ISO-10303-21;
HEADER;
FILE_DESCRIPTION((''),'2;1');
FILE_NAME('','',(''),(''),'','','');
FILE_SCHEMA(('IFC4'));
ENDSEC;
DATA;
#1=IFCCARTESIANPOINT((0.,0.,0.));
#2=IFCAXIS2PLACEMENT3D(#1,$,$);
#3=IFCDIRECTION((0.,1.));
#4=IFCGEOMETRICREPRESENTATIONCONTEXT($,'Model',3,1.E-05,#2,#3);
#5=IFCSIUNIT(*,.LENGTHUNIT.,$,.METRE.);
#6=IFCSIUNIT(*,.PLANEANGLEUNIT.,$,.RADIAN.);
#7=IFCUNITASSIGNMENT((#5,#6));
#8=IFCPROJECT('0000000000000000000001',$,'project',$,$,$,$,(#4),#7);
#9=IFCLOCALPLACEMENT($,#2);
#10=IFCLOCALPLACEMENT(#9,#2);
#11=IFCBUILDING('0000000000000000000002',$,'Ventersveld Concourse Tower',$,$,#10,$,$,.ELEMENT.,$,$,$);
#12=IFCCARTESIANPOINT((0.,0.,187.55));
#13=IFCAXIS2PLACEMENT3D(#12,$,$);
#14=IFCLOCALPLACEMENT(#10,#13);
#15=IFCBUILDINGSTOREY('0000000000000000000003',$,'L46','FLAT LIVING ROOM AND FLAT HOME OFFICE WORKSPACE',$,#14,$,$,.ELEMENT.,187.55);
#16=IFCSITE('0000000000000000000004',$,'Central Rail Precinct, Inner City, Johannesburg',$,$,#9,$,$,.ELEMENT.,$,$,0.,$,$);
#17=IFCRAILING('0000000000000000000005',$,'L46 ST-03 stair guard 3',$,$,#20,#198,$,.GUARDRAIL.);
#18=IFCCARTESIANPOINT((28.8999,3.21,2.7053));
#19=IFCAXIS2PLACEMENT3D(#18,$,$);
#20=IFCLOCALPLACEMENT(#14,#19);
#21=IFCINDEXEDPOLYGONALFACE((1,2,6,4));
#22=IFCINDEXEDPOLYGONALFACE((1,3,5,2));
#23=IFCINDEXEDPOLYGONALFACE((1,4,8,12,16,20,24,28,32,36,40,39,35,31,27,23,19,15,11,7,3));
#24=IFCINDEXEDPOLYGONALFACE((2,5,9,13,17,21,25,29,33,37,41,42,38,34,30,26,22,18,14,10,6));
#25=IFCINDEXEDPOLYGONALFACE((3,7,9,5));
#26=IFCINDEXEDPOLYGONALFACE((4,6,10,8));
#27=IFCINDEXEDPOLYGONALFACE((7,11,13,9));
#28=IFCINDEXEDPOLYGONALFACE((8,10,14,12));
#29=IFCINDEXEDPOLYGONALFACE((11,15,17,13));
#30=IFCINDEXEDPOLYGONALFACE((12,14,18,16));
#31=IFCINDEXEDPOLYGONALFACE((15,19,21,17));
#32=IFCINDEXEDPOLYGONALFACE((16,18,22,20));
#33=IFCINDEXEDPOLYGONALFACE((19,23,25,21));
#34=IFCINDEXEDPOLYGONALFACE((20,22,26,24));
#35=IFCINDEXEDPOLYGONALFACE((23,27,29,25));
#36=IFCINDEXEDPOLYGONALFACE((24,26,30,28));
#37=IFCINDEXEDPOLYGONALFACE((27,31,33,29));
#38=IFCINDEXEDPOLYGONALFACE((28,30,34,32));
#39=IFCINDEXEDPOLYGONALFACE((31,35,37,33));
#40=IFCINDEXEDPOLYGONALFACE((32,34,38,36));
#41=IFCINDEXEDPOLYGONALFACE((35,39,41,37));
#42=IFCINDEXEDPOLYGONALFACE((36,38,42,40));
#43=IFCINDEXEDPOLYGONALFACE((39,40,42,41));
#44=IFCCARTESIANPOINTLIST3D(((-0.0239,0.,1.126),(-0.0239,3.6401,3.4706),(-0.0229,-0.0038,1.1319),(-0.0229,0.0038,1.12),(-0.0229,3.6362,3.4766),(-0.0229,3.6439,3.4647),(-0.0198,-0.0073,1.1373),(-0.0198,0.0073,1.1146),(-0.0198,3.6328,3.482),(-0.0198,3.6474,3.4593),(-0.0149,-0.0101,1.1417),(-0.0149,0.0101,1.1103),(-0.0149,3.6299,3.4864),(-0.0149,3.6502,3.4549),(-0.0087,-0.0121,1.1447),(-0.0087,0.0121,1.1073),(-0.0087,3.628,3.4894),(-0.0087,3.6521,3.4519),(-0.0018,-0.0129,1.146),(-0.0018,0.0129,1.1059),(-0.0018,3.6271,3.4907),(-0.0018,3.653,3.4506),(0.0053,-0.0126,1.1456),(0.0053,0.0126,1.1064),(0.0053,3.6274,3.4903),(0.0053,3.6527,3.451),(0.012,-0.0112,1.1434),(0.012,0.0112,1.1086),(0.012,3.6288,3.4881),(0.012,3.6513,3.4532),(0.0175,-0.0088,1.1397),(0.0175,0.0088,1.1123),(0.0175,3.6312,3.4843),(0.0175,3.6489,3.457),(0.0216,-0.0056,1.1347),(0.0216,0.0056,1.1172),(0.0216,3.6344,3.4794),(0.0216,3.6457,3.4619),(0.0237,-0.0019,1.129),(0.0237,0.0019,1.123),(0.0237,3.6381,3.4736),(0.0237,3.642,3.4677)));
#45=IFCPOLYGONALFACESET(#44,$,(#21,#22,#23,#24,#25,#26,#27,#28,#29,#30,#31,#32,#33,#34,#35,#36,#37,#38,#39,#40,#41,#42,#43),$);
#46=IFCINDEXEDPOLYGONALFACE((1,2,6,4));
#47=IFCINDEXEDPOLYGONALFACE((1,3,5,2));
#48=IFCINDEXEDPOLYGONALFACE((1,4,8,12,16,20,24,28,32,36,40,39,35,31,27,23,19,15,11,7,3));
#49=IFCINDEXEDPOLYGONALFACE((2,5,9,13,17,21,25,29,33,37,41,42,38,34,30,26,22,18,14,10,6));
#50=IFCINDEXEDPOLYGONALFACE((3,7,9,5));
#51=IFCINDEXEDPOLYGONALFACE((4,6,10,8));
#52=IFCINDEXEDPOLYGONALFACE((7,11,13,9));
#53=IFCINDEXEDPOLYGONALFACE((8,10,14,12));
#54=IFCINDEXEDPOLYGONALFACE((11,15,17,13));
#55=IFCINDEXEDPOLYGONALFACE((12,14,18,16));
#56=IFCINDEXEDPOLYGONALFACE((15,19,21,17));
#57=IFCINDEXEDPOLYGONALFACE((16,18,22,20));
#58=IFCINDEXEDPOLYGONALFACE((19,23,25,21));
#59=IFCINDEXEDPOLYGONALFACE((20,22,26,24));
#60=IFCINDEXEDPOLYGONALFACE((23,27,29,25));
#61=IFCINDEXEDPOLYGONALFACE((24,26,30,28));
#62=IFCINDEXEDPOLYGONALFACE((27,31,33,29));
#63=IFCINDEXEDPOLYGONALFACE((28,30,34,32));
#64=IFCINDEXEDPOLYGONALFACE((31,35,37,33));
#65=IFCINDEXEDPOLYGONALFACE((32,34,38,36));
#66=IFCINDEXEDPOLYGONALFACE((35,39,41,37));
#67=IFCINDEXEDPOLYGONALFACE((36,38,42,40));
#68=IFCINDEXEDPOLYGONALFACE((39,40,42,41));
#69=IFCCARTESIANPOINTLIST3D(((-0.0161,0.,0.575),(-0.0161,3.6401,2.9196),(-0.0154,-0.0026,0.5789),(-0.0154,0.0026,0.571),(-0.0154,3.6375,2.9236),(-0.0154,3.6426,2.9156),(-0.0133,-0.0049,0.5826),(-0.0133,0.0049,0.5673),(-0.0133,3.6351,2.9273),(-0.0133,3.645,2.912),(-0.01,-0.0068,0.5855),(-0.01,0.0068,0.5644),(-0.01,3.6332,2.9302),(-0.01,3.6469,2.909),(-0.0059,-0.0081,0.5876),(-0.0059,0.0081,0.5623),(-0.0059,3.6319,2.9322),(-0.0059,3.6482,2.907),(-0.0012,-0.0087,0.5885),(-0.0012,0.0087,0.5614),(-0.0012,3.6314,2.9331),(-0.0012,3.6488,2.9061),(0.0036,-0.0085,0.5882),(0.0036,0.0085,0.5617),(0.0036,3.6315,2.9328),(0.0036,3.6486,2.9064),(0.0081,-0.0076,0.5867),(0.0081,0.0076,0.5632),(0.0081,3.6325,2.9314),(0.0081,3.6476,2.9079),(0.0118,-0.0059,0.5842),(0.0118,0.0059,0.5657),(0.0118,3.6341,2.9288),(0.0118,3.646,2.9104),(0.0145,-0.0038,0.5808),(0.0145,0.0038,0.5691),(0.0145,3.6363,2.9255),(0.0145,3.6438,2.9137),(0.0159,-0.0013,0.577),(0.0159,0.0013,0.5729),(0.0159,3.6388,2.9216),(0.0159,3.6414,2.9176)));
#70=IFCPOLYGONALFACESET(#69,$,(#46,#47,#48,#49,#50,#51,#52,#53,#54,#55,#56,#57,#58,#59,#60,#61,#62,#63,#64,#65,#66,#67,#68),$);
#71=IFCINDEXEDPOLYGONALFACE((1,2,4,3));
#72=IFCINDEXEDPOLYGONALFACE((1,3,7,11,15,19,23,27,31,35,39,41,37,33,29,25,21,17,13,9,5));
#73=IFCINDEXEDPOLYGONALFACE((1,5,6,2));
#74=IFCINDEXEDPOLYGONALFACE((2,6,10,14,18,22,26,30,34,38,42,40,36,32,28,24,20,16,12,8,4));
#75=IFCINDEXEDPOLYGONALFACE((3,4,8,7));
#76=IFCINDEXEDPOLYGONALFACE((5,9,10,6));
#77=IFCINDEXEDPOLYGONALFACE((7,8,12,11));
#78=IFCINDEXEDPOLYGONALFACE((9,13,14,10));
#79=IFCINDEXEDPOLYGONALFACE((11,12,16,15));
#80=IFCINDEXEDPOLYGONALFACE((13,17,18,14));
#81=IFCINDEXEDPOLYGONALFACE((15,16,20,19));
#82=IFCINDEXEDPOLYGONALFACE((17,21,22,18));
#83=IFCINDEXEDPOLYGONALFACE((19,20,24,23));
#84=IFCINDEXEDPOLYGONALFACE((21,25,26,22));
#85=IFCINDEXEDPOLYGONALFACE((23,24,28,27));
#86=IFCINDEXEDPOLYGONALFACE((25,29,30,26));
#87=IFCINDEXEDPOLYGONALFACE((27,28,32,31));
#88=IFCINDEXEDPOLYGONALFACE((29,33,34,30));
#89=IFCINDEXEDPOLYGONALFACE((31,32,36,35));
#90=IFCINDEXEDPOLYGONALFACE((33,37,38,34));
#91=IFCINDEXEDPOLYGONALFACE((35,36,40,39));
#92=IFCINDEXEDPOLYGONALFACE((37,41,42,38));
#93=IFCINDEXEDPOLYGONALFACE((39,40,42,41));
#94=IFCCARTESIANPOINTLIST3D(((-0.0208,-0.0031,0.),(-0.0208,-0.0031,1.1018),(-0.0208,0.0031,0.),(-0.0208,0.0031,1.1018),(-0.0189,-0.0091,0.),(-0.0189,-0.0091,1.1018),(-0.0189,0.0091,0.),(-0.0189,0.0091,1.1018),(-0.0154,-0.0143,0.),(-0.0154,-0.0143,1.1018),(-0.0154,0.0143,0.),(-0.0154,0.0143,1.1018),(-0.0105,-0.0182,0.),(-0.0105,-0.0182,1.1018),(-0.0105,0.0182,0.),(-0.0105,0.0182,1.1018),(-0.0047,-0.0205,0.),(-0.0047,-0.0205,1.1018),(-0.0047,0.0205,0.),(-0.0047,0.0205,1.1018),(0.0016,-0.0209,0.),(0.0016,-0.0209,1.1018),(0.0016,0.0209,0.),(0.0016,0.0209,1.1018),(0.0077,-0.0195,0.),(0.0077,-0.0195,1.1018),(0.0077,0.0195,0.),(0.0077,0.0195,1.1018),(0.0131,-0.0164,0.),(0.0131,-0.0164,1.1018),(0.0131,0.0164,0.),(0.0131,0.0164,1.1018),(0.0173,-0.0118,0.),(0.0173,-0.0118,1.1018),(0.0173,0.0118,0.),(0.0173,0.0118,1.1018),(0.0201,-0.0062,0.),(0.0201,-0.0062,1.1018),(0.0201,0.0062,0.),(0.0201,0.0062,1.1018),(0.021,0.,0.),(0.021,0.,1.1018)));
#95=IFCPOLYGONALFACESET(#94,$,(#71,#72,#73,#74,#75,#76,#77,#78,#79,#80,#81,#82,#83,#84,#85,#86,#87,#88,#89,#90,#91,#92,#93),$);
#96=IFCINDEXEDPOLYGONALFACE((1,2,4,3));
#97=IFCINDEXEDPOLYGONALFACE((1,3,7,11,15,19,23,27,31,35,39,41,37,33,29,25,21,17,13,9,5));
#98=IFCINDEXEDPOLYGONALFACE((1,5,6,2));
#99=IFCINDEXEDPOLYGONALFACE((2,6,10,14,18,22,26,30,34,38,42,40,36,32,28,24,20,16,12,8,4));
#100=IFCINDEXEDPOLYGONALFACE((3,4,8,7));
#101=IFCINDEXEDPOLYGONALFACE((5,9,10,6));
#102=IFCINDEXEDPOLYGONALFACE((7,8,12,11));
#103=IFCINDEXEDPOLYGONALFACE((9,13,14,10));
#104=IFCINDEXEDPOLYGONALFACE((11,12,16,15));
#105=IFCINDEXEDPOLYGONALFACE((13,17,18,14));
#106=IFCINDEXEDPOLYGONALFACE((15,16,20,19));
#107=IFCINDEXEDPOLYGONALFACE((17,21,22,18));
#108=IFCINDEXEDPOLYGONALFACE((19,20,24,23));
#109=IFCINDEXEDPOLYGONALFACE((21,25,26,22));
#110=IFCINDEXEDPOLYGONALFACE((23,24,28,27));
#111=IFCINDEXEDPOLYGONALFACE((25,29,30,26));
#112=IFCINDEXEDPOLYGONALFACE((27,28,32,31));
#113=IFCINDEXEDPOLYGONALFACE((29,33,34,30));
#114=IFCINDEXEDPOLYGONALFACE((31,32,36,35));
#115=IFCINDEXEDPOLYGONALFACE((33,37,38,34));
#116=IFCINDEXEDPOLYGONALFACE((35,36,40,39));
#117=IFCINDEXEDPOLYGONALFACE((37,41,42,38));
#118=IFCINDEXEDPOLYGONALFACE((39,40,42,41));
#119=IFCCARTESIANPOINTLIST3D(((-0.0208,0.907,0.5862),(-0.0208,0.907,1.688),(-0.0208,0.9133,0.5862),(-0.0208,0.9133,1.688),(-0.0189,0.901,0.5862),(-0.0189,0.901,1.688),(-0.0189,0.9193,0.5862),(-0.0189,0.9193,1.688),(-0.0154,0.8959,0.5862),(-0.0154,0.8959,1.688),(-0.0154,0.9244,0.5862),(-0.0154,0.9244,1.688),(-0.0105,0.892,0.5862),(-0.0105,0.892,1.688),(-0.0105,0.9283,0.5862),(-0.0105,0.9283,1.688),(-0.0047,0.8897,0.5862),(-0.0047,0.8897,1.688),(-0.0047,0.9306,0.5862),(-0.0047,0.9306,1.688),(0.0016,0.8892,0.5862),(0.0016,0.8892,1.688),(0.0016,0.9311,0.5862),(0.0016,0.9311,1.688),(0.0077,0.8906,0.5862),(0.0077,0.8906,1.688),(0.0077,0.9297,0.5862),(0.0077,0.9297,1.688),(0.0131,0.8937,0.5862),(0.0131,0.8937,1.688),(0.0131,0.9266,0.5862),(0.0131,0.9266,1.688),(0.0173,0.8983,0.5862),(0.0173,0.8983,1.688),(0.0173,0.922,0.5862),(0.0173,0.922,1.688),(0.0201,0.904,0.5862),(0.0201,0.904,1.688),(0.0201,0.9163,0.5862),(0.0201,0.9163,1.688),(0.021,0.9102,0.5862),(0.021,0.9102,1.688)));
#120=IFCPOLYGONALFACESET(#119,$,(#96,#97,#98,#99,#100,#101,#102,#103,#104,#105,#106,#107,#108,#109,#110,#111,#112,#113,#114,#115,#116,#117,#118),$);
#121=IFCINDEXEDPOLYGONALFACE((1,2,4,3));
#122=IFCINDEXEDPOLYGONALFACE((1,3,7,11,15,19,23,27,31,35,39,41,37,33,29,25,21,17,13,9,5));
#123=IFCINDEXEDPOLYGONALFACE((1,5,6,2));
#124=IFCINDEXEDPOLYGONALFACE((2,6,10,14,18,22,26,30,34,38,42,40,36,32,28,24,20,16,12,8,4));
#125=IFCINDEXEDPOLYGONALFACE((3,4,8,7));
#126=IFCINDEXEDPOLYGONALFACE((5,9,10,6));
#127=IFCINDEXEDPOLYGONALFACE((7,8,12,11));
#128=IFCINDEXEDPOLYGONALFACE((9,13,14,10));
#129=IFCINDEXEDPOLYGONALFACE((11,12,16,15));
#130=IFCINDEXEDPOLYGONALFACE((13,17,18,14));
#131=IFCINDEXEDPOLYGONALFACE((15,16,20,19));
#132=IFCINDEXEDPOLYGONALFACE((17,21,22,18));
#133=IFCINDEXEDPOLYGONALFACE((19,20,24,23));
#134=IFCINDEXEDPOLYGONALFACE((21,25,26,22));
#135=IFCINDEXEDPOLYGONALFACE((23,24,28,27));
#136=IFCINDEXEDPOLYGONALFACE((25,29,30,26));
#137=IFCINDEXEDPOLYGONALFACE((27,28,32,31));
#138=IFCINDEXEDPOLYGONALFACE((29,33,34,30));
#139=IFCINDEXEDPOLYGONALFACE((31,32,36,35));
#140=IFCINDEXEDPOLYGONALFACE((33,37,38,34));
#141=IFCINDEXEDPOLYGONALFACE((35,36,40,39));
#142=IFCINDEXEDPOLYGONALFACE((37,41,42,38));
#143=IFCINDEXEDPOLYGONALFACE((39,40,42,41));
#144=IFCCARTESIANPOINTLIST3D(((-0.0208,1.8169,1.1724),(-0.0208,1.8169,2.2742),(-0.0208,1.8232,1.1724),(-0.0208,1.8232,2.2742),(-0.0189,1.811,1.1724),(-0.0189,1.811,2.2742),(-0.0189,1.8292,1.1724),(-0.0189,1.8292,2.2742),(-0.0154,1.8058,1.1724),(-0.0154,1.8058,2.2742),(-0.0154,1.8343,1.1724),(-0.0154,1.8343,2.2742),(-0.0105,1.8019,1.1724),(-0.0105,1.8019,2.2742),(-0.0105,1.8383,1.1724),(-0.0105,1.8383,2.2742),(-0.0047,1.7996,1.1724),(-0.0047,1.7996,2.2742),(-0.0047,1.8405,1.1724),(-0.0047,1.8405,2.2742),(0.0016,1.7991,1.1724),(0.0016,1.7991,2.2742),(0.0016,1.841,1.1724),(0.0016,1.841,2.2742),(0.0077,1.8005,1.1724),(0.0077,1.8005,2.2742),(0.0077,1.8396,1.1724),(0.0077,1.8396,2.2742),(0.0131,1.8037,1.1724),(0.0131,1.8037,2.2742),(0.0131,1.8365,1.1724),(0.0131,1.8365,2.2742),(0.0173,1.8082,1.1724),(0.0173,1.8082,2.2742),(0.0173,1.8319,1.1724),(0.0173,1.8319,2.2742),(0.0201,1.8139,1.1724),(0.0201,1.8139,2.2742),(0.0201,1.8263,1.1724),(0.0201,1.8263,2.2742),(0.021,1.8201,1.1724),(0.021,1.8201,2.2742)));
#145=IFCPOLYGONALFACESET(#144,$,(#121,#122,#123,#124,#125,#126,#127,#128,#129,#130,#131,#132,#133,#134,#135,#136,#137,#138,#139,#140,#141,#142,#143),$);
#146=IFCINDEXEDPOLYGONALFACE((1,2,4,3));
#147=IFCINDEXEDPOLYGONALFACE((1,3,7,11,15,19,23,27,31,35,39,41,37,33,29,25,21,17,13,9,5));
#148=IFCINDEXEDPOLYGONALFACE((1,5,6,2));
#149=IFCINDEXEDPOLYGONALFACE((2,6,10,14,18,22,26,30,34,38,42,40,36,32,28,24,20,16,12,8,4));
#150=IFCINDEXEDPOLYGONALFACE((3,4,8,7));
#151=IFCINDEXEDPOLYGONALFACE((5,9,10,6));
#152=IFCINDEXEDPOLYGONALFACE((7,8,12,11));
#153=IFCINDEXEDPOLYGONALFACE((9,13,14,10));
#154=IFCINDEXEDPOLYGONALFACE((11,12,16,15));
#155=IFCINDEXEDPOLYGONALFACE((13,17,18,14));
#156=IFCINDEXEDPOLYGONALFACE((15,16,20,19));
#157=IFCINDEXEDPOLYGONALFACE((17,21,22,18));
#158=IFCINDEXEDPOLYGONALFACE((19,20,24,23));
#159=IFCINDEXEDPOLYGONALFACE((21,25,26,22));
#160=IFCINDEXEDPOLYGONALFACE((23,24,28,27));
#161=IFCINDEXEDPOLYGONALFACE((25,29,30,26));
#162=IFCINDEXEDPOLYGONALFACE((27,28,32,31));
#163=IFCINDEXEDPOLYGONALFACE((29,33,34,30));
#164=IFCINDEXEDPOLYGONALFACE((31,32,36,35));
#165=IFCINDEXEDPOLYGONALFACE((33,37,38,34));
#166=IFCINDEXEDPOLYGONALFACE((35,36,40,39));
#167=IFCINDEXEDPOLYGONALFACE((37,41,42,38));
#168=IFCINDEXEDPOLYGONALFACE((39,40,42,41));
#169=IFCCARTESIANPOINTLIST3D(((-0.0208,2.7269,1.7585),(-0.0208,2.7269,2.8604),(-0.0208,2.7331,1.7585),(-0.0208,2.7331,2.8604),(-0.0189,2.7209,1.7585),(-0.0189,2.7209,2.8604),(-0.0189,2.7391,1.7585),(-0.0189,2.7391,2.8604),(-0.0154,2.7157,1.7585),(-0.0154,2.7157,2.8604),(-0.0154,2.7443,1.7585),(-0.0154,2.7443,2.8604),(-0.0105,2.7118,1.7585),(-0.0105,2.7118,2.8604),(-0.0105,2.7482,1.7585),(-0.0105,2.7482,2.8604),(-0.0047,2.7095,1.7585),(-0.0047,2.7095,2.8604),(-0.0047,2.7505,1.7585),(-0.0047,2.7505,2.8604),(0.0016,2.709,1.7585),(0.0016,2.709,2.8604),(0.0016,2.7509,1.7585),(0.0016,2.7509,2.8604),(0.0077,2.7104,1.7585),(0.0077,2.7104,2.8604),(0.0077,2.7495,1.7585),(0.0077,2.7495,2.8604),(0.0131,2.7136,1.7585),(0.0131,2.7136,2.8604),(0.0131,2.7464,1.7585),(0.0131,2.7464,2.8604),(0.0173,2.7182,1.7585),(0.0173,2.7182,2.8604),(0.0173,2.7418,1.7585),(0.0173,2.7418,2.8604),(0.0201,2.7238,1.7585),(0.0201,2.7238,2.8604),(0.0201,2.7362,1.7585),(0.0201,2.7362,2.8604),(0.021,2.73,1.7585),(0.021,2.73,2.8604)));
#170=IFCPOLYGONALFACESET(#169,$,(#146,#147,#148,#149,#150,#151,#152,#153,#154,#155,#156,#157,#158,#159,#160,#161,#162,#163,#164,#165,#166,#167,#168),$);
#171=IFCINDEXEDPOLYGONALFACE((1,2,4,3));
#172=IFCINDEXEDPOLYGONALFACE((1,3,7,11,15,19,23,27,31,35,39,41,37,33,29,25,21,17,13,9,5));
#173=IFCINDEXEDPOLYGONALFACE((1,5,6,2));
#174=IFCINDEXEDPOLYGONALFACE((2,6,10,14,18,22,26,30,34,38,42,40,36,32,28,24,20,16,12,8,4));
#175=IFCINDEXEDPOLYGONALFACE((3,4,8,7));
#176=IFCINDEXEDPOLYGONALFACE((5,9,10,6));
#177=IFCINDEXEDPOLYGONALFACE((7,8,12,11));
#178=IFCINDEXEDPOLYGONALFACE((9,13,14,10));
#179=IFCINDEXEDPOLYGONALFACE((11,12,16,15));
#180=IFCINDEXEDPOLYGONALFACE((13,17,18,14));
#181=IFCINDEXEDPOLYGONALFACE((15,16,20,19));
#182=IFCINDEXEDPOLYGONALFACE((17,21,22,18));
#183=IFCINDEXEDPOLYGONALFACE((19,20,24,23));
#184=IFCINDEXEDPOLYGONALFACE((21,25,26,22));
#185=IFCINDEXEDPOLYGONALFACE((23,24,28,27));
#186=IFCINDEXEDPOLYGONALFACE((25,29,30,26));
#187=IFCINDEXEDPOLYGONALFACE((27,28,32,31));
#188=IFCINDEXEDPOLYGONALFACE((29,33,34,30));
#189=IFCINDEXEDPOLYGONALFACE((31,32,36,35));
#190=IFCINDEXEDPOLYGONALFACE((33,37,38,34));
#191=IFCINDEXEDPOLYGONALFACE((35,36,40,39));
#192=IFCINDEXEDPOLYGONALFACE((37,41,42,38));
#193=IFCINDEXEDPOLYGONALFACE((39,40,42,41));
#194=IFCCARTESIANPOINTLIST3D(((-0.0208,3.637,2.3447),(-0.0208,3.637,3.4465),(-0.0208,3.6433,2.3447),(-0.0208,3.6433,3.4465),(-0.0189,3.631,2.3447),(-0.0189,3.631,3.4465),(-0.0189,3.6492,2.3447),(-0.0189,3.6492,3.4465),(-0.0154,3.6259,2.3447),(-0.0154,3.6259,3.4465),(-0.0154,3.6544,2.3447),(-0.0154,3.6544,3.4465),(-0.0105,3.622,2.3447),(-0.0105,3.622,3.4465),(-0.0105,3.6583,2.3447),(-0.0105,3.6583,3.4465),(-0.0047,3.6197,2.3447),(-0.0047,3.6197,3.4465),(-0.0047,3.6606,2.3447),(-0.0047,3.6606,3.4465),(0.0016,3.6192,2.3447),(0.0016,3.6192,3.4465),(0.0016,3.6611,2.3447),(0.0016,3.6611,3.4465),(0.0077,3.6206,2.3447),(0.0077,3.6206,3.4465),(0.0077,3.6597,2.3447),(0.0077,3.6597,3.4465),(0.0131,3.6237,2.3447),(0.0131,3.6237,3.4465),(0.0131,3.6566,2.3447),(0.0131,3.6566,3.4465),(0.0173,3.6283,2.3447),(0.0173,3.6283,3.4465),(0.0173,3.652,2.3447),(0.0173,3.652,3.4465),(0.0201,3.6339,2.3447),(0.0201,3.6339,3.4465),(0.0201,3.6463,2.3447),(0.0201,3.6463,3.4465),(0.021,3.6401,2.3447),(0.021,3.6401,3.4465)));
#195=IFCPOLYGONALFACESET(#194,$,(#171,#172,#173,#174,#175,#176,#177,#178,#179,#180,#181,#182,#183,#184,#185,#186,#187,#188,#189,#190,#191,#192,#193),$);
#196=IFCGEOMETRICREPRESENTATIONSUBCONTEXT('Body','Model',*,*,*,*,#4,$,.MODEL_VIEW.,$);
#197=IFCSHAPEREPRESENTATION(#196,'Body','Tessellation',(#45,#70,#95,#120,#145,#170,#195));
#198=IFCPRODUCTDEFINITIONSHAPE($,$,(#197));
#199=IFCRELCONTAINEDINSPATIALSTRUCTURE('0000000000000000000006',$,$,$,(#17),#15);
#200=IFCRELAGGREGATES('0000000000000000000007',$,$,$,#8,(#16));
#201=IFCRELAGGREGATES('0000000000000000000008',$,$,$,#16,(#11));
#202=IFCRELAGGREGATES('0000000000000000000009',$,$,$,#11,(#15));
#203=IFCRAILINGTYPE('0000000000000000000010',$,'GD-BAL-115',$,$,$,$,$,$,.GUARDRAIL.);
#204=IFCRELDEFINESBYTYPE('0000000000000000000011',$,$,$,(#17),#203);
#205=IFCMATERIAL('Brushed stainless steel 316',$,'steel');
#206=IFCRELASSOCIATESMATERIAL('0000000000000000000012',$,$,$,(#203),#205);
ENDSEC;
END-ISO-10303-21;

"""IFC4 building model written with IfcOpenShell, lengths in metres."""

from ifc_helpers import new_model, si_unit, direction, frame, origin, origin_2d, place, context, subcontext, project, spatial, circle, extrude, material, type_object, element, save


model = new_model("IFC4")

# Units and contexts
model_context = context("Model", 3, precision=1e-05, world=origin(), true_north=direction((0.0, 1.0)))
body_context = subcontext(model_context, "Body", "Model", "MODEL_VIEW")
ifc_project = project(units=[si_unit("LENGTHUNIT", "METRE"), si_unit("PLANEANGLEUNIT", "RADIAN")], contexts=[model_context])

# Site, building, storey
site_placement = place(None, origin())
site = spatial("IfcSite", under=ifc_project, at=site_placement, Name="Central Rail Precinct, Inner City, Johannesburg", CompositionType="ELEMENT", RefElevation=0.0)
building_placement = place(site_placement, origin())
building = spatial("IfcBuilding", under=site, at=building_placement, Name="Ventersveld Concourse Tower", CompositionType="ELEMENT")
storey_placement = place(building_placement, frame((0.0, 0.0, 187.55)))
storey = spatial("IfcBuildingStorey", under=building, at=storey_placement, Name="L46", Description="FLAT LIVING ROOM AND FLAT HOME OFFICE WORKSPACE", CompositionType="ELEMENT", Elevation=187.55)

# Shared definitions
ifc_material_1 = material(Name="Brushed stainless steel 316", Category="steel")

# Railing
railing_type_1 = type_object("IfcRailingType", Name="GD-BAL-115", PredefinedType="GUARDRAIL", material=ifc_material_1)
railing_1_placement = place(storey_placement, frame((28.8999, 3.21, 2.7053)))
element("IfcRailing", 1, at=railing_1_placement, inside=storey, type_object=railing_type_1, Name="L46 ST-03 stair guard 3", PredefinedType="GUARDRAIL", context=body_context, shape_type="SweptSolid", body=[
    extrude(circle(Radius=0.0239, at=origin_2d()), frame((0.0, 0.0, 1.126), z_axis=(0.0, 0.840691, 0.541515), x_axis=(-1.0, 0.0, 0.0)), (0.0, 0.0, 1.0), 4.3298),
    extrude(circle(Radius=0.0161, at=origin_2d()), frame((0.0, 0.0, 0.575), z_axis=(0.0, 0.840691, 0.541515), x_axis=(-1.0, 0.0, 0.0)), (0.0, 0.0, 1.0), 4.3298),
    extrude(circle(Radius=0.021, at=origin_2d()), origin(), (0.0, 0.0, 1.0), 1.1018),
    extrude(circle(Radius=0.021, at=origin_2d()), frame((0.0, 0.9102, 0.5862)), (0.0, 0.0, 1.0), 1.1018),
    extrude(circle(Radius=0.021, at=origin_2d()), frame((0.0, 1.8201, 1.1724)), (0.0, 0.0, 1.0), 1.1018),
    extrude(circle(Radius=0.021, at=origin_2d()), frame((0.0, 2.73, 1.7585)), (0.0, 0.0, 1.0), 1.1018),
    extrude(circle(Radius=0.021, at=origin_2d()), frame((0.0, 3.6401, 2.3447)), (0.0, 0.0, 1.0), 1.1018),
])

save(model, "model.ifc")
